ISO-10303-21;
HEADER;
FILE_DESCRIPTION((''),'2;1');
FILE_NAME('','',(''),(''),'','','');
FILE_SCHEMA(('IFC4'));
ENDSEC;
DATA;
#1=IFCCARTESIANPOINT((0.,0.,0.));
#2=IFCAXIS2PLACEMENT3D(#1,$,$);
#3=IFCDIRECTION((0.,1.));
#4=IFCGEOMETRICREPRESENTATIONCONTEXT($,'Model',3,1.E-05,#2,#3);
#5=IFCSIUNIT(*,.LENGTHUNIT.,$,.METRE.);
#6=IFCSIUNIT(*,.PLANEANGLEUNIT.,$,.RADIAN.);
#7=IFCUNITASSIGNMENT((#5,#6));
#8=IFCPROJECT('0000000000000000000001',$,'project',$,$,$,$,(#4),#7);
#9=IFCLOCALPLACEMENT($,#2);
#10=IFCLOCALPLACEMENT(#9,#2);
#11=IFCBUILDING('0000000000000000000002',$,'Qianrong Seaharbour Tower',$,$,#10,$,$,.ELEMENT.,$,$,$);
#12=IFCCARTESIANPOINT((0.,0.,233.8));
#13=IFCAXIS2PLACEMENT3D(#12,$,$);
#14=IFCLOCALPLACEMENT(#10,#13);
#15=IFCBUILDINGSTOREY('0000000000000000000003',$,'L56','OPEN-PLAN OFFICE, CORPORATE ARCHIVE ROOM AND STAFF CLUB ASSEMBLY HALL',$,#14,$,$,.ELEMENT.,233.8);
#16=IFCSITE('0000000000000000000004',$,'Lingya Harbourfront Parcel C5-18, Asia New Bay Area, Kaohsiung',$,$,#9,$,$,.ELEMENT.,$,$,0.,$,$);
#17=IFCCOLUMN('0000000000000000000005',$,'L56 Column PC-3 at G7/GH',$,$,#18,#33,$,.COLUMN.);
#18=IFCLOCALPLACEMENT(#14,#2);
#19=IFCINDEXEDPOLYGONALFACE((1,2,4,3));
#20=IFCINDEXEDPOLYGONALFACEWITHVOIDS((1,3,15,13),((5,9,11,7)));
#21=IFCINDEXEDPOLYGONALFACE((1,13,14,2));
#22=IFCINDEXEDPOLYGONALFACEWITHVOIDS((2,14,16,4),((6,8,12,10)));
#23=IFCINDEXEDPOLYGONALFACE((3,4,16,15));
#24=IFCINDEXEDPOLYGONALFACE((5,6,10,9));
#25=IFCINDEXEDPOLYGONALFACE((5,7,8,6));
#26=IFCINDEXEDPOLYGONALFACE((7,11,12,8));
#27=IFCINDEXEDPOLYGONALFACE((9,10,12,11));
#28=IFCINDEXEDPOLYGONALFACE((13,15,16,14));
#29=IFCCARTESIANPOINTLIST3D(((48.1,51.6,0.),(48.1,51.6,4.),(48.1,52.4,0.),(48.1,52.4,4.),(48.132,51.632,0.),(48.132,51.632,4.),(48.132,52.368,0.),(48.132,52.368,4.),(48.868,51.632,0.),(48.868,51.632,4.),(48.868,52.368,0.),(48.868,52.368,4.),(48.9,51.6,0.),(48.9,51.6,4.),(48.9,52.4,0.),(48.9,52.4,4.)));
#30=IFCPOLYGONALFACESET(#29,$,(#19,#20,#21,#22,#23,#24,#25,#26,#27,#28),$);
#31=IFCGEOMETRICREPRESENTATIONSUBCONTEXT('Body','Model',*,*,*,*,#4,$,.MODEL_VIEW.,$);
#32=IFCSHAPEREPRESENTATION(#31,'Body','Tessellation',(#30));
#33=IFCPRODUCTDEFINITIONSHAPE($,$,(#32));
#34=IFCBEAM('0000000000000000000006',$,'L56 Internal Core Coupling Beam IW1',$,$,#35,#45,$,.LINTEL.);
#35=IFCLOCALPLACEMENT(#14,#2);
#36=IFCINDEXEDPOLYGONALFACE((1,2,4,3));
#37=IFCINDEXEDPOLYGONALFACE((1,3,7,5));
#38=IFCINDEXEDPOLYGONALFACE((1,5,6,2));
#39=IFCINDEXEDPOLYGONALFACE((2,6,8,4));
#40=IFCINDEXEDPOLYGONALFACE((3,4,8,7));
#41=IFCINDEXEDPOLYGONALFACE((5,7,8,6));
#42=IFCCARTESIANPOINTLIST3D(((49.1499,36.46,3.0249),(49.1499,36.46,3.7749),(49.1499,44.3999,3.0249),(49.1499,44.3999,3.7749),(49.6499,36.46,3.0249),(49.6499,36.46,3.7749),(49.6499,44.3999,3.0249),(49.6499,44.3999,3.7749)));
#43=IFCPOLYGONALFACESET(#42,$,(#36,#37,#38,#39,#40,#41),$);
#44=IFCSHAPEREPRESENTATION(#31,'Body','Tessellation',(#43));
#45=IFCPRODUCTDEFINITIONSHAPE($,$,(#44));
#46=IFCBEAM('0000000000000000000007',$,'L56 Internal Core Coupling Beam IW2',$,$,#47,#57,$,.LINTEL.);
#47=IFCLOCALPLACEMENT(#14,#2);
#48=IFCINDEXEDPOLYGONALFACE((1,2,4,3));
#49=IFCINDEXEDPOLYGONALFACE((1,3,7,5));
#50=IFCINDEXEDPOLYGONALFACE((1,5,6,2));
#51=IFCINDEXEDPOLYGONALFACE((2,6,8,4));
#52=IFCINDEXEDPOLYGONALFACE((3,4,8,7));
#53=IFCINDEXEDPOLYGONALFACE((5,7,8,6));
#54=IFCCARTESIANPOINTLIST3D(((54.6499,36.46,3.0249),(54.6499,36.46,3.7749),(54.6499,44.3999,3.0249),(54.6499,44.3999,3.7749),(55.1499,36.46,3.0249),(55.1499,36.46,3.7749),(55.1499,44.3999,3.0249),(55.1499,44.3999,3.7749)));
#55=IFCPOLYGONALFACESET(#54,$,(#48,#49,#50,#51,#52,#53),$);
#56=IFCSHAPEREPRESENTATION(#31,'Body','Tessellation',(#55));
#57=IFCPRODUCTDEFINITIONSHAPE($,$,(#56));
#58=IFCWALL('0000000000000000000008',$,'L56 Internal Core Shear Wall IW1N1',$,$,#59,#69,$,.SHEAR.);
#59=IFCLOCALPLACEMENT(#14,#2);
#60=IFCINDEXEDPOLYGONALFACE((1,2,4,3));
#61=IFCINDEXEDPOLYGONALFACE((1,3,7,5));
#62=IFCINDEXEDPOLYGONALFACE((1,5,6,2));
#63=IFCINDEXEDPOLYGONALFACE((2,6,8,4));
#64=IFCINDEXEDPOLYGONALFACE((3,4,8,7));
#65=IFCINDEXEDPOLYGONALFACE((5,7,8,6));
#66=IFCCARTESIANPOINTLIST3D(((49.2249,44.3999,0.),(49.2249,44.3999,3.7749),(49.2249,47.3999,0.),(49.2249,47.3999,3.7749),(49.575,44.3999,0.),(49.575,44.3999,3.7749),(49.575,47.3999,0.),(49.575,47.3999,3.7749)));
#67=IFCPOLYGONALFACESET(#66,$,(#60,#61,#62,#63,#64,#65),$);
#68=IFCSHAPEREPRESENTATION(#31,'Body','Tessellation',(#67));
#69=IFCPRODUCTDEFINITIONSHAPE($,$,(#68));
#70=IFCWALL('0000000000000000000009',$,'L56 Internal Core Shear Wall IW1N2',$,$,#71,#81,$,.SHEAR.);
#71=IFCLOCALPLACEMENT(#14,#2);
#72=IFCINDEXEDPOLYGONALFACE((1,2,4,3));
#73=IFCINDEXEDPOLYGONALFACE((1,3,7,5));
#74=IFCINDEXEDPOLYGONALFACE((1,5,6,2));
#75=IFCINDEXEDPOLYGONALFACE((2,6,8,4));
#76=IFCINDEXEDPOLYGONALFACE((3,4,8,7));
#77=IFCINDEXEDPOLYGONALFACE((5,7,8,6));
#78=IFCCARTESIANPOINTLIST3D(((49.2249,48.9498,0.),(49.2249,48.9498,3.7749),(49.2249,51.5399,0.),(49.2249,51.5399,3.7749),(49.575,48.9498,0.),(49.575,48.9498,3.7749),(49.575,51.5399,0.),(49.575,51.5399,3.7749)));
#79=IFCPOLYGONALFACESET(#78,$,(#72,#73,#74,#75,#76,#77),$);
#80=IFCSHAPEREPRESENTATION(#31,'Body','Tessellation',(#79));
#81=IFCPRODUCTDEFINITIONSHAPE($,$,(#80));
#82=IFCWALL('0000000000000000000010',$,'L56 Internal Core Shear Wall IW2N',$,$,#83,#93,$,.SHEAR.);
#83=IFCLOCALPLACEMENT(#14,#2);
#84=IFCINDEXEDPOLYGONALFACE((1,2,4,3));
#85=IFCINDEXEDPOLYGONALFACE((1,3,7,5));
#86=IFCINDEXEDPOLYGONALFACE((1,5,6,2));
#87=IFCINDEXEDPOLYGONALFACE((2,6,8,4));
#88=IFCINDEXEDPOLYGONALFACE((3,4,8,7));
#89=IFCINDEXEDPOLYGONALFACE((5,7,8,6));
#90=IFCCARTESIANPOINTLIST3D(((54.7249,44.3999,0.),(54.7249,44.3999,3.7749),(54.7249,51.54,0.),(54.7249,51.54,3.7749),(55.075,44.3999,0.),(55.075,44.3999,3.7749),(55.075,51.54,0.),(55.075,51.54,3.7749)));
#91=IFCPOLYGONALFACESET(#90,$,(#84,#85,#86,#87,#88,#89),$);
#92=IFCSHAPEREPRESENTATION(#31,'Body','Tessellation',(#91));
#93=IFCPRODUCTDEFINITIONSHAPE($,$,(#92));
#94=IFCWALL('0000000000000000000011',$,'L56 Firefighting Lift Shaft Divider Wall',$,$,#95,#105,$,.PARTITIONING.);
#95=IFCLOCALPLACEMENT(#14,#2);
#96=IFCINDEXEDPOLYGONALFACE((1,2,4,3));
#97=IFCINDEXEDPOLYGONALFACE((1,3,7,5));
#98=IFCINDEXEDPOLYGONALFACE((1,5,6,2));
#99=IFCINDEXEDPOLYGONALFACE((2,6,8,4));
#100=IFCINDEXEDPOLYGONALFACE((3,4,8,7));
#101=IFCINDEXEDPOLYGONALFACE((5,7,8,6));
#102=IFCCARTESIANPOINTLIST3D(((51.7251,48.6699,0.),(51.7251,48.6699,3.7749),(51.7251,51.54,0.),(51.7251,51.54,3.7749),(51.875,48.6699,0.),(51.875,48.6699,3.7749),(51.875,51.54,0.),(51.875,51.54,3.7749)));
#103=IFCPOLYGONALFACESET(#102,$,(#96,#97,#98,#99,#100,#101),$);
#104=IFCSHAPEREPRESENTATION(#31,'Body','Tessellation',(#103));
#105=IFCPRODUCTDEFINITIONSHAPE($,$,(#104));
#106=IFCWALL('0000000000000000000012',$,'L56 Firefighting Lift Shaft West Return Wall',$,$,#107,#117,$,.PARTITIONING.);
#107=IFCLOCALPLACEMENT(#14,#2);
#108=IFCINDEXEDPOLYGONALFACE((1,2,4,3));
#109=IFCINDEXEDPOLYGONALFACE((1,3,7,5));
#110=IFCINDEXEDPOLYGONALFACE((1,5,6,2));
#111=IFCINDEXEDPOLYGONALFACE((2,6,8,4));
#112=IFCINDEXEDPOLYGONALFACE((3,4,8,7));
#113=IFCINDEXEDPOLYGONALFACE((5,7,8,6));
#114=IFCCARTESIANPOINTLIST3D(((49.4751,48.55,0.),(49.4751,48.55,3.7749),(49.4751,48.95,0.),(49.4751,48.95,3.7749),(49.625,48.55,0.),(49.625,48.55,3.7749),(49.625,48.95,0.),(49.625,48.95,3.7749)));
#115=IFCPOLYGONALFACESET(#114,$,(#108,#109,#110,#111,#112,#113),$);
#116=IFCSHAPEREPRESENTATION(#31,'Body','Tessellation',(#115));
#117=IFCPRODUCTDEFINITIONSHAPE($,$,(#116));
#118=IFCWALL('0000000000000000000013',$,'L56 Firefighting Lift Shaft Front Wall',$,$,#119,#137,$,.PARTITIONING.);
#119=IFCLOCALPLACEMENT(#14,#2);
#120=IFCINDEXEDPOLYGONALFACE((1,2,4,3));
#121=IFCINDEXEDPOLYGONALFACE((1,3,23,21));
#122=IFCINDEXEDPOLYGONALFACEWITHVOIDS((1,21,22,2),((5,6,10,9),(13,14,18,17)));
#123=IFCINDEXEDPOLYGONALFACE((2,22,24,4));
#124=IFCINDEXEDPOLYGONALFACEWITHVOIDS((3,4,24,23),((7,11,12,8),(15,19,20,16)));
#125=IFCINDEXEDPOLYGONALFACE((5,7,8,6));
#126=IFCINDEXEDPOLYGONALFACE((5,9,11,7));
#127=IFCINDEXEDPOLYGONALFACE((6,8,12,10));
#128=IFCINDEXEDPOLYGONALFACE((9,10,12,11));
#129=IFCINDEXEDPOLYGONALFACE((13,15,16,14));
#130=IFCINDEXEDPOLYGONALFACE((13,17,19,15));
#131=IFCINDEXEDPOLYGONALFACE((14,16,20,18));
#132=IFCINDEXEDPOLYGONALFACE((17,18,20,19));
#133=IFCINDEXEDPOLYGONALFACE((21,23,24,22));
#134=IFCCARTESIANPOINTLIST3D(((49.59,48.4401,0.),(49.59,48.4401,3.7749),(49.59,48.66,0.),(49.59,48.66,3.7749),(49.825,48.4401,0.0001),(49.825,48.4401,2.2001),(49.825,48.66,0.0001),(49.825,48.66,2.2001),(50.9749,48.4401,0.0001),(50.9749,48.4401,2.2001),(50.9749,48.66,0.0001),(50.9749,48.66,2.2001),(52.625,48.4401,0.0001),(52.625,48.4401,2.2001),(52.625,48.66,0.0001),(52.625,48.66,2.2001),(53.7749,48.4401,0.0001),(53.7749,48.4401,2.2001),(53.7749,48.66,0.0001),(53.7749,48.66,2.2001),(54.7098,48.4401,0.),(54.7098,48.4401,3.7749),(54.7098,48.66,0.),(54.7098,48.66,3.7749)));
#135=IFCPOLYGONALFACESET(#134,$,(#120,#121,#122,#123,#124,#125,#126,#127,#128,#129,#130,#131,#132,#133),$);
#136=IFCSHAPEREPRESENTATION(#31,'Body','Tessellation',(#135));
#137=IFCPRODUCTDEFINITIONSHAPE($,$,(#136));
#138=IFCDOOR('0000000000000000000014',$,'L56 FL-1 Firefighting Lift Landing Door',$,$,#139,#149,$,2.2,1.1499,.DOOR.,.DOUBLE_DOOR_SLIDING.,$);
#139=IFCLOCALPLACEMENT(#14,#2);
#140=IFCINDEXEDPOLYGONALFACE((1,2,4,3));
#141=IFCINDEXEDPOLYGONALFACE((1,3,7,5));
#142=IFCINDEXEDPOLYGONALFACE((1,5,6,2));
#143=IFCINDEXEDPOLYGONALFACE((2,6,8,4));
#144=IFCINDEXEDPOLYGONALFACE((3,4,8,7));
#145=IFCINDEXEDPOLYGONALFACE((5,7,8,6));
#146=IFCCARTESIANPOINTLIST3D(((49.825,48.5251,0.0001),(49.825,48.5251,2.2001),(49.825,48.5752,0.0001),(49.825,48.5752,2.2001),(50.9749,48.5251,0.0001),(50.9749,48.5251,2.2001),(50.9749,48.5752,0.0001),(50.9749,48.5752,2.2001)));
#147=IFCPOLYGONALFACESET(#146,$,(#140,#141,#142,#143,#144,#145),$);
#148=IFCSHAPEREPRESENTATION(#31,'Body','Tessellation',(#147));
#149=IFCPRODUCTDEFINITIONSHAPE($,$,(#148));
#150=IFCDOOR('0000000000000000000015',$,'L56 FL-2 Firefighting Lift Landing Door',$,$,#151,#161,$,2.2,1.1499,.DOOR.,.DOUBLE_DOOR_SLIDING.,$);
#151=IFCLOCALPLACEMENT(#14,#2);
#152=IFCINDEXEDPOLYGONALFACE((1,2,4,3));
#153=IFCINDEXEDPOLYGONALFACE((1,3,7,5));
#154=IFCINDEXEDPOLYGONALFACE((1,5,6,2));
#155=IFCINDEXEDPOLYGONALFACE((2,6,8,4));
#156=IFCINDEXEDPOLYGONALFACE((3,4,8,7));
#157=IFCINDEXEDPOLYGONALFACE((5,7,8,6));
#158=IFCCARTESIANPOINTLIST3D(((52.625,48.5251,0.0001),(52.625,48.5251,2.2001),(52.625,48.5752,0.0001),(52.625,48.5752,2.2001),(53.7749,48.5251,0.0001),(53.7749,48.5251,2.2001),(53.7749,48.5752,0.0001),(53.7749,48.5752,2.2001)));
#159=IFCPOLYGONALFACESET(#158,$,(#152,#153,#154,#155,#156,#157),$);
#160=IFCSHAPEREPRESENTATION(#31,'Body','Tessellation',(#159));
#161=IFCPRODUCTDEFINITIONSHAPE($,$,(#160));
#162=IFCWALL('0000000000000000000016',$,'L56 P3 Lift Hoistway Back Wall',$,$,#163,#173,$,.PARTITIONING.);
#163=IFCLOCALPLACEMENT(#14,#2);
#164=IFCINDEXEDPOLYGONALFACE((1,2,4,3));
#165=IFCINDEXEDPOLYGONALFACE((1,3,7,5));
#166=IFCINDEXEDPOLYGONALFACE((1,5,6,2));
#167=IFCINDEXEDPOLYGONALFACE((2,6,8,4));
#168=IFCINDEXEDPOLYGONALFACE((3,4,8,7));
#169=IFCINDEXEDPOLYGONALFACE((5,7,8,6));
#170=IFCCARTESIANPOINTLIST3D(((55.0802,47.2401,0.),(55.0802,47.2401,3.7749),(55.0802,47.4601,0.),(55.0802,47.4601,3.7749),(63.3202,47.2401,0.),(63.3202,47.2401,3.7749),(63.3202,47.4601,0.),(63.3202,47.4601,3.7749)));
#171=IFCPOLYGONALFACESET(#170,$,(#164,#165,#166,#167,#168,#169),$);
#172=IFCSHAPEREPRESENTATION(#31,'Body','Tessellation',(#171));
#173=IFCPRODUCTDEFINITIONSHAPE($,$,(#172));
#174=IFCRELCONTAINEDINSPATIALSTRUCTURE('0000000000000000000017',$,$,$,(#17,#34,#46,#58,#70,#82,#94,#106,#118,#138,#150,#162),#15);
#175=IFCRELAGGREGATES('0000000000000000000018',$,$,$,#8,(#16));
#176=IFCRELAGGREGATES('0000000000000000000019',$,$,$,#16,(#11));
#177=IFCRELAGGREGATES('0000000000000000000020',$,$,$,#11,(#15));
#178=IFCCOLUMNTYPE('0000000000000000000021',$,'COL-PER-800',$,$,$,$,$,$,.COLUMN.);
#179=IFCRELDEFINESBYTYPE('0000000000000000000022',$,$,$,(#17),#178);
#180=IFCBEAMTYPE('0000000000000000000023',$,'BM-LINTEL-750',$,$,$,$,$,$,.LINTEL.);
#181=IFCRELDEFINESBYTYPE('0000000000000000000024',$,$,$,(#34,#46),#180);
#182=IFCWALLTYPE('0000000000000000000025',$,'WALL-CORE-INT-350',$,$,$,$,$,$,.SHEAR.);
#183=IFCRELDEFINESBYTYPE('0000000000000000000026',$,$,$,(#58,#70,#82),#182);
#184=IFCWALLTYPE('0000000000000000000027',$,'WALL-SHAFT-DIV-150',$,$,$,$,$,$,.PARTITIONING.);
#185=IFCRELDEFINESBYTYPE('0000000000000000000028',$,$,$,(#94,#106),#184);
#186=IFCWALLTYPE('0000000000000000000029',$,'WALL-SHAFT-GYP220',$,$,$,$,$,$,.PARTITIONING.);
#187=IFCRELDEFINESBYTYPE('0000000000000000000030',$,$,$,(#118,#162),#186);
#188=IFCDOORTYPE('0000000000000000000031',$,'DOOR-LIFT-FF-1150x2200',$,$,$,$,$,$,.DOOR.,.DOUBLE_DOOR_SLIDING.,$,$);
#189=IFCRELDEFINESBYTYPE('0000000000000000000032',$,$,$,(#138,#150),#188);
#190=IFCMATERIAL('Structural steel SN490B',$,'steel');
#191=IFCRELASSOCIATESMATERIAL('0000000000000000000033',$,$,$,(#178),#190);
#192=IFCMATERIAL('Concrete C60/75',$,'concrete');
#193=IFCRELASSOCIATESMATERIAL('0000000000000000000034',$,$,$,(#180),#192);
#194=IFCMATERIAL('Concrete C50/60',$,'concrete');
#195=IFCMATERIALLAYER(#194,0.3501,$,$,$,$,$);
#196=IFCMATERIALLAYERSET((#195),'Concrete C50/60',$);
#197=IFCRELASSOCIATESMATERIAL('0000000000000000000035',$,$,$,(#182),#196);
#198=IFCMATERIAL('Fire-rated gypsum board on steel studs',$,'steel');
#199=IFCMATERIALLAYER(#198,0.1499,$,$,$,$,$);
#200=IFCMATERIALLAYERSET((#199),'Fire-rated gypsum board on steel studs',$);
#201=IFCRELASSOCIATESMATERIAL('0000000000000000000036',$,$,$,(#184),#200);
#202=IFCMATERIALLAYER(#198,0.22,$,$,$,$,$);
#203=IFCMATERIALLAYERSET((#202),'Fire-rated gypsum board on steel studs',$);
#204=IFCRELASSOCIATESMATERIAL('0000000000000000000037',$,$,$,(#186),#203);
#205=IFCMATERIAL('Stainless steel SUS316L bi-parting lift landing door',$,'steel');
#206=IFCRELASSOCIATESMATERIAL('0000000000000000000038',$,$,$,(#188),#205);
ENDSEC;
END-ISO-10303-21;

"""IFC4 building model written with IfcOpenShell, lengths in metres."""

from ifc_helpers import new_model, si_unit, direction, frame, frame_2d, origin, origin_2d, place, context, subcontext, project, spatial, rectangle, hollow_rectangle, extrude, material, layer, layer_set, material_profile, profile_set, type_object, element, fill, save


model = new_model("IFC4")

# Units and contexts
model_context = context("Model", 3, precision=1e-05, world=origin(), true_north=direction((0.0, 1.0)))
body_context = subcontext(model_context, "Body", "Model", "MODEL_VIEW")
ifc_project = project(units=[si_unit("LENGTHUNIT", "METRE"), si_unit("PLANEANGLEUNIT", "RADIAN")], contexts=[model_context])

# Site, building, storey
site_placement = place(None, origin())
site = spatial("IfcSite", under=ifc_project, at=site_placement, Name="Lingya Harbourfront Parcel C5-18, Asia New Bay Area, Kaohsiung", CompositionType="ELEMENT", RefElevation=0.0)
building_placement = place(site_placement, origin())
building = spatial("IfcBuilding", under=site, at=building_placement, Name="Qianrong Seaharbour Tower", CompositionType="ELEMENT")
storey_placement = place(building_placement, frame((0.0, 0.0, 233.8)))
storey = spatial("IfcBuildingStorey", under=building, at=storey_placement, Name="L56", Description="OPEN-PLAN OFFICE, CORPORATE ARCHIVE ROOM AND STAFF CLUB ASSEMBLY HALL", CompositionType="ELEMENT", Elevation=233.8)

# Column
ifc_material_1 = material(Name="Structural steel SN490B", Category="steel")
ifc_material_profile_1 = material_profile(ifc_material_1, hollow_rectangle(XDim=0.8, YDim=0.8, WallThickness=0.032, at=origin_2d()), Name="BOX800x800x32")
ifc_profile_set_1 = profile_set([ifc_material_profile_1], Name="Structural steel SN490B")
column_type = type_object("IfcColumnType", Name="COL-PER-800", PredefinedType="COLUMN", material=ifc_profile_set_1)
column_placement = place(storey_placement, frame((48.5, 52.0, 0.0), z_axis=(0.0, 0.0, 1.0), x_axis=(1.0, 0.0, 0.0)))
element("IfcColumn", 1, at=column_placement, inside=storey, type_object=column_type, Name="L56 Column PC-3 at G7/GH", PredefinedType="COLUMN", context=body_context, shape_type="SweptSolid", body=[
    extrude(hollow_rectangle(XDim=0.8, YDim=0.8, WallThickness=0.032, at=origin_2d()), origin(), (0.0, 0.0, 1.0), 4.0),
])

# Beams
ifc_material_2 = material(Name="Concrete C60/75", Category="concrete")
ifc_material_profile_2 = material_profile(ifc_material_2, rectangle(XDim=0.5, YDim=0.75, at=origin_2d()), Name="RC500x750")
ifc_profile_set_2 = profile_set([ifc_material_profile_2], Name="Concrete C60/75")
beam_type = type_object("IfcBeamType", Name="BM-LINTEL-750", PredefinedType="LINTEL", material=ifc_profile_set_2)
for number, where, z_axis, x_axis, name in (
    (2, (49.3999, 36.46, 3.3999), (0.0, 1.0, 0.0), (-1.0, 0.0, 0.0), "L56 Internal Core Coupling Beam IW1"),
    (3, (54.8999, 36.46, 3.3999), (0.0, 1.0, 0.0), (-1.0, 0.0, 0.0), "L56 Internal Core Coupling Beam IW2"),
):
    element("IfcBeam", number, at=place(storey_placement, frame(where, z_axis=z_axis, x_axis=x_axis)), inside=storey, type_object=beam_type, Name=name, PredefinedType="LINTEL", context=body_context, shape_type="SweptSolid", body=[
        extrude(rectangle(XDim=0.5, YDim=0.75, at=origin_2d()), origin(), (0.0, 0.0, 1.0), 7.9399),
    ])

# Walls
ifc_material_3 = material(Name="Concrete C50/60", Category="concrete")
ifc_layer_1 = layer(ifc_material_3, 0.3501)
ifc_layer_set_1 = layer_set([ifc_layer_1], Name="Concrete C50/60")
wall_type_1 = type_object("IfcWallType", Name="WALL-CORE-INT-350", PredefinedType="SHEAR", material=ifc_layer_set_1)
wall_1_placement = place(storey_placement, frame((49.3999, 44.3999, 0.0), z_axis=(0.0, 0.0, 1.0), x_axis=(0.0, 1.0, 0.0)))
element("IfcWall", 4, at=wall_1_placement, inside=storey, type_object=wall_type_1, Name="L56 Internal Core Shear Wall IW1N1", PredefinedType="SHEAR", context=body_context, shape_type="SweptSolid", body=[
    extrude(rectangle(XDim=3.0, YDim=0.3501, at=frame_2d((1.5, 0.0))), origin(), (0.0, 0.0, 1.0), 3.7749),
])
wall_2_placement = place(storey_placement, frame((49.3999, 48.95, 0.0), z_axis=(0.0, 0.0, 1.0), x_axis=(0.0, 1.0, 0.0)))
element("IfcWall", 5, at=wall_2_placement, inside=storey, type_object=wall_type_1, Name="L56 Internal Core Shear Wall IW1N2", PredefinedType="SHEAR", context=body_context, shape_type="SweptSolid", body=[
    extrude(rectangle(XDim=2.5901, YDim=0.3501, at=frame_2d((1.2949, 0.0))), origin(), (0.0, 0.0, 1.0), 3.7749),
])
wall_3_placement = place(storey_placement, frame((54.8999, 44.3999, 0.0), z_axis=(0.0, 0.0, 1.0), x_axis=(0.0, 1.0, 0.0)))
element("IfcWall", 6, at=wall_3_placement, inside=storey, type_object=wall_type_1, Name="L56 Internal Core Shear Wall IW2N", PredefinedType="SHEAR", context=body_context, shape_type="SweptSolid", body=[
    extrude(rectangle(XDim=7.1401, YDim=0.3501, at=frame_2d((3.5701, 0.0))), origin(), (0.0, 0.0, 1.0), 3.7749),
])

# Walls
ifc_material_4 = material(Name="Fire-rated gypsum board on steel studs", Category="steel")
ifc_layer_2 = layer(ifc_material_4, 0.1499)
ifc_layer_set_2 = layer_set([ifc_layer_2], Name="Fire-rated gypsum board on steel studs")
wall_type_2 = type_object("IfcWallType", Name="WALL-SHAFT-DIV-150", PredefinedType="PARTITIONING", material=ifc_layer_set_2)
wall_4_placement = place(storey_placement, frame((51.8, 48.6699, 0.0), z_axis=(0.0, 0.0, 1.0), x_axis=(0.0, 1.0, 0.0)))
element("IfcWall", 7, at=wall_4_placement, inside=storey, type_object=wall_type_2, Name="L56 Firefighting Lift Shaft Divider Wall", PredefinedType="PARTITIONING", context=body_context, shape_type="SweptSolid", body=[
    extrude(rectangle(XDim=2.8701, YDim=0.1499, at=frame_2d((1.4351, 0.0))), origin(), (0.0, 0.0, 1.0), 3.7749),
])
wall_5_placement = place(storey_placement, frame((49.55, 48.55, 0.0), z_axis=(0.0, 0.0, 1.0), x_axis=(0.0, 1.0, 0.0)))
element("IfcWall", 8, at=wall_5_placement, inside=storey, type_object=wall_type_2, Name="L56 Firefighting Lift Shaft West Return Wall", PredefinedType="PARTITIONING", context=body_context, shape_type="SweptSolid", body=[
    extrude(rectangle(XDim=0.3999, YDim=0.1499, at=frame_2d((0.2, 0.0))), origin(), (0.0, 0.0, 1.0), 3.7749),
])

# Wall, openings, doors
ifc_layer_3 = layer(ifc_material_4, 0.22)
ifc_layer_set_3 = layer_set([ifc_layer_3], Name="Fire-rated gypsum board on steel studs")
wall_type_3 = type_object("IfcWallType", Name="WALL-SHAFT-GYP220", PredefinedType="PARTITIONING", material=ifc_layer_set_3)
wall_6_placement = place(storey_placement, frame((54.71, 48.55, 0.0), z_axis=(0.0, 0.0, 1.0), x_axis=(-1.0, 0.0, 0.0)))
wall_6 = element("IfcWall", 9, at=wall_6_placement, inside=storey, type_object=wall_type_3, Name="L56 Firefighting Lift Shaft Front Wall", PredefinedType="PARTITIONING", context=body_context, shape_type="SweptSolid", body=[
    extrude(rectangle(XDim=5.1199, YDim=0.22, at=frame_2d((2.5601, 0.0))), origin(), (0.0, 0.0, 1.0), 3.7749),
])
opening_1_placement = place(wall_6_placement, frame((3.7351, 0.0, 0.0)))
opening_1 = element("IfcOpeningElement", 10, at=opening_1_placement, cuts=wall_6, PredefinedType="OPENING", context=body_context, shape_type="SweptSolid", body=[
    extrude(rectangle(XDim=1.1499, YDim=2.2, at=frame_2d((0.575, 1.1001))), frame((0.0, 0.1201, 0.0), z_axis=(0.0, -1.0, 0.0), x_axis=(1.0, 0.0, 0.0)), (0.0, 0.0, 1.0), 0.24),
])
opening_2_placement = place(wall_6_placement, frame((0.9351, 0.0, 0.0)))
opening_2 = element("IfcOpeningElement", 11, at=opening_2_placement, cuts=wall_6, PredefinedType="OPENING", context=body_context, shape_type="SweptSolid", body=[
    extrude(rectangle(XDim=1.1499, YDim=2.2, at=frame_2d((0.575, 1.1001))), frame((0.0, 0.1201, 0.0), z_axis=(0.0, -1.0, 0.0), x_axis=(1.0, 0.0, 0.0)), (0.0, 0.0, 1.0), 0.24),
])
ifc_material_5 = material(Name="Stainless steel SUS316L bi-parting lift landing door", Category="steel")
door_type_1 = type_object("IfcDoorType", Name="DOOR-LIFT-FF-1150x2200", OperationType="DOUBLE_DOOR_SLIDING", PredefinedType="DOOR", material=ifc_material_5)
door_1_placement = place(opening_1_placement, origin())
door_1 = element("IfcDoor", 12, at=door_1_placement, inside=storey, type_object=door_type_1, Name="L56 FL-1 Firefighting Lift Landing Door", OperationType="DOUBLE_DOOR_SLIDING", OverallHeight=2.2, OverallWidth=1.1499, PredefinedType="DOOR", context=body_context, shape_type="SweptSolid", body=[
    extrude(rectangle(XDim=1.1499, YDim=2.2, at=frame_2d((0.575, 1.1001))), frame((0.0, 0.0249, 0.0), z_axis=(0.0, -1.0, 0.0), x_axis=(1.0, 0.0, 0.0)), (0.0, 0.0, 1.0), 0.05),
])
fill(opening_1, door_1)
door_2_placement = place(opening_2_placement, origin())
door_2 = element("IfcDoor", 13, at=door_2_placement, inside=storey, type_object=door_type_1, Name="L56 FL-2 Firefighting Lift Landing Door", OperationType="DOUBLE_DOOR_SLIDING", OverallHeight=2.2, OverallWidth=1.1499, PredefinedType="DOOR", context=body_context, shape_type="SweptSolid", body=[
    extrude(rectangle(XDim=1.1499, YDim=2.2, at=frame_2d((0.575, 1.1001))), frame((0.0, 0.0249, 0.0), z_axis=(0.0, -1.0, 0.0), x_axis=(1.0, 0.0, 0.0)), (0.0, 0.0, 1.0), 0.05),
])
fill(opening_2, door_2)

# Wall
wall_7_placement = place(storey_placement, frame((55.0801, 47.3501, 0.0), z_axis=(0.0, 0.0, 1.0), x_axis=(1.0, 0.0, 0.0)))
element("IfcWall", 14, at=wall_7_placement, inside=storey, type_object=wall_type_3, Name="L56 P3 Lift Hoistway Back Wall", PredefinedType="PARTITIONING", context=body_context, shape_type="SweptSolid", body=[
    extrude(rectangle(XDim=8.24, YDim=0.22, at=frame_2d((4.1201, 0.0))), origin(), (0.0, 0.0, 1.0), 3.7749),
])

save(model, "model.ifc")
